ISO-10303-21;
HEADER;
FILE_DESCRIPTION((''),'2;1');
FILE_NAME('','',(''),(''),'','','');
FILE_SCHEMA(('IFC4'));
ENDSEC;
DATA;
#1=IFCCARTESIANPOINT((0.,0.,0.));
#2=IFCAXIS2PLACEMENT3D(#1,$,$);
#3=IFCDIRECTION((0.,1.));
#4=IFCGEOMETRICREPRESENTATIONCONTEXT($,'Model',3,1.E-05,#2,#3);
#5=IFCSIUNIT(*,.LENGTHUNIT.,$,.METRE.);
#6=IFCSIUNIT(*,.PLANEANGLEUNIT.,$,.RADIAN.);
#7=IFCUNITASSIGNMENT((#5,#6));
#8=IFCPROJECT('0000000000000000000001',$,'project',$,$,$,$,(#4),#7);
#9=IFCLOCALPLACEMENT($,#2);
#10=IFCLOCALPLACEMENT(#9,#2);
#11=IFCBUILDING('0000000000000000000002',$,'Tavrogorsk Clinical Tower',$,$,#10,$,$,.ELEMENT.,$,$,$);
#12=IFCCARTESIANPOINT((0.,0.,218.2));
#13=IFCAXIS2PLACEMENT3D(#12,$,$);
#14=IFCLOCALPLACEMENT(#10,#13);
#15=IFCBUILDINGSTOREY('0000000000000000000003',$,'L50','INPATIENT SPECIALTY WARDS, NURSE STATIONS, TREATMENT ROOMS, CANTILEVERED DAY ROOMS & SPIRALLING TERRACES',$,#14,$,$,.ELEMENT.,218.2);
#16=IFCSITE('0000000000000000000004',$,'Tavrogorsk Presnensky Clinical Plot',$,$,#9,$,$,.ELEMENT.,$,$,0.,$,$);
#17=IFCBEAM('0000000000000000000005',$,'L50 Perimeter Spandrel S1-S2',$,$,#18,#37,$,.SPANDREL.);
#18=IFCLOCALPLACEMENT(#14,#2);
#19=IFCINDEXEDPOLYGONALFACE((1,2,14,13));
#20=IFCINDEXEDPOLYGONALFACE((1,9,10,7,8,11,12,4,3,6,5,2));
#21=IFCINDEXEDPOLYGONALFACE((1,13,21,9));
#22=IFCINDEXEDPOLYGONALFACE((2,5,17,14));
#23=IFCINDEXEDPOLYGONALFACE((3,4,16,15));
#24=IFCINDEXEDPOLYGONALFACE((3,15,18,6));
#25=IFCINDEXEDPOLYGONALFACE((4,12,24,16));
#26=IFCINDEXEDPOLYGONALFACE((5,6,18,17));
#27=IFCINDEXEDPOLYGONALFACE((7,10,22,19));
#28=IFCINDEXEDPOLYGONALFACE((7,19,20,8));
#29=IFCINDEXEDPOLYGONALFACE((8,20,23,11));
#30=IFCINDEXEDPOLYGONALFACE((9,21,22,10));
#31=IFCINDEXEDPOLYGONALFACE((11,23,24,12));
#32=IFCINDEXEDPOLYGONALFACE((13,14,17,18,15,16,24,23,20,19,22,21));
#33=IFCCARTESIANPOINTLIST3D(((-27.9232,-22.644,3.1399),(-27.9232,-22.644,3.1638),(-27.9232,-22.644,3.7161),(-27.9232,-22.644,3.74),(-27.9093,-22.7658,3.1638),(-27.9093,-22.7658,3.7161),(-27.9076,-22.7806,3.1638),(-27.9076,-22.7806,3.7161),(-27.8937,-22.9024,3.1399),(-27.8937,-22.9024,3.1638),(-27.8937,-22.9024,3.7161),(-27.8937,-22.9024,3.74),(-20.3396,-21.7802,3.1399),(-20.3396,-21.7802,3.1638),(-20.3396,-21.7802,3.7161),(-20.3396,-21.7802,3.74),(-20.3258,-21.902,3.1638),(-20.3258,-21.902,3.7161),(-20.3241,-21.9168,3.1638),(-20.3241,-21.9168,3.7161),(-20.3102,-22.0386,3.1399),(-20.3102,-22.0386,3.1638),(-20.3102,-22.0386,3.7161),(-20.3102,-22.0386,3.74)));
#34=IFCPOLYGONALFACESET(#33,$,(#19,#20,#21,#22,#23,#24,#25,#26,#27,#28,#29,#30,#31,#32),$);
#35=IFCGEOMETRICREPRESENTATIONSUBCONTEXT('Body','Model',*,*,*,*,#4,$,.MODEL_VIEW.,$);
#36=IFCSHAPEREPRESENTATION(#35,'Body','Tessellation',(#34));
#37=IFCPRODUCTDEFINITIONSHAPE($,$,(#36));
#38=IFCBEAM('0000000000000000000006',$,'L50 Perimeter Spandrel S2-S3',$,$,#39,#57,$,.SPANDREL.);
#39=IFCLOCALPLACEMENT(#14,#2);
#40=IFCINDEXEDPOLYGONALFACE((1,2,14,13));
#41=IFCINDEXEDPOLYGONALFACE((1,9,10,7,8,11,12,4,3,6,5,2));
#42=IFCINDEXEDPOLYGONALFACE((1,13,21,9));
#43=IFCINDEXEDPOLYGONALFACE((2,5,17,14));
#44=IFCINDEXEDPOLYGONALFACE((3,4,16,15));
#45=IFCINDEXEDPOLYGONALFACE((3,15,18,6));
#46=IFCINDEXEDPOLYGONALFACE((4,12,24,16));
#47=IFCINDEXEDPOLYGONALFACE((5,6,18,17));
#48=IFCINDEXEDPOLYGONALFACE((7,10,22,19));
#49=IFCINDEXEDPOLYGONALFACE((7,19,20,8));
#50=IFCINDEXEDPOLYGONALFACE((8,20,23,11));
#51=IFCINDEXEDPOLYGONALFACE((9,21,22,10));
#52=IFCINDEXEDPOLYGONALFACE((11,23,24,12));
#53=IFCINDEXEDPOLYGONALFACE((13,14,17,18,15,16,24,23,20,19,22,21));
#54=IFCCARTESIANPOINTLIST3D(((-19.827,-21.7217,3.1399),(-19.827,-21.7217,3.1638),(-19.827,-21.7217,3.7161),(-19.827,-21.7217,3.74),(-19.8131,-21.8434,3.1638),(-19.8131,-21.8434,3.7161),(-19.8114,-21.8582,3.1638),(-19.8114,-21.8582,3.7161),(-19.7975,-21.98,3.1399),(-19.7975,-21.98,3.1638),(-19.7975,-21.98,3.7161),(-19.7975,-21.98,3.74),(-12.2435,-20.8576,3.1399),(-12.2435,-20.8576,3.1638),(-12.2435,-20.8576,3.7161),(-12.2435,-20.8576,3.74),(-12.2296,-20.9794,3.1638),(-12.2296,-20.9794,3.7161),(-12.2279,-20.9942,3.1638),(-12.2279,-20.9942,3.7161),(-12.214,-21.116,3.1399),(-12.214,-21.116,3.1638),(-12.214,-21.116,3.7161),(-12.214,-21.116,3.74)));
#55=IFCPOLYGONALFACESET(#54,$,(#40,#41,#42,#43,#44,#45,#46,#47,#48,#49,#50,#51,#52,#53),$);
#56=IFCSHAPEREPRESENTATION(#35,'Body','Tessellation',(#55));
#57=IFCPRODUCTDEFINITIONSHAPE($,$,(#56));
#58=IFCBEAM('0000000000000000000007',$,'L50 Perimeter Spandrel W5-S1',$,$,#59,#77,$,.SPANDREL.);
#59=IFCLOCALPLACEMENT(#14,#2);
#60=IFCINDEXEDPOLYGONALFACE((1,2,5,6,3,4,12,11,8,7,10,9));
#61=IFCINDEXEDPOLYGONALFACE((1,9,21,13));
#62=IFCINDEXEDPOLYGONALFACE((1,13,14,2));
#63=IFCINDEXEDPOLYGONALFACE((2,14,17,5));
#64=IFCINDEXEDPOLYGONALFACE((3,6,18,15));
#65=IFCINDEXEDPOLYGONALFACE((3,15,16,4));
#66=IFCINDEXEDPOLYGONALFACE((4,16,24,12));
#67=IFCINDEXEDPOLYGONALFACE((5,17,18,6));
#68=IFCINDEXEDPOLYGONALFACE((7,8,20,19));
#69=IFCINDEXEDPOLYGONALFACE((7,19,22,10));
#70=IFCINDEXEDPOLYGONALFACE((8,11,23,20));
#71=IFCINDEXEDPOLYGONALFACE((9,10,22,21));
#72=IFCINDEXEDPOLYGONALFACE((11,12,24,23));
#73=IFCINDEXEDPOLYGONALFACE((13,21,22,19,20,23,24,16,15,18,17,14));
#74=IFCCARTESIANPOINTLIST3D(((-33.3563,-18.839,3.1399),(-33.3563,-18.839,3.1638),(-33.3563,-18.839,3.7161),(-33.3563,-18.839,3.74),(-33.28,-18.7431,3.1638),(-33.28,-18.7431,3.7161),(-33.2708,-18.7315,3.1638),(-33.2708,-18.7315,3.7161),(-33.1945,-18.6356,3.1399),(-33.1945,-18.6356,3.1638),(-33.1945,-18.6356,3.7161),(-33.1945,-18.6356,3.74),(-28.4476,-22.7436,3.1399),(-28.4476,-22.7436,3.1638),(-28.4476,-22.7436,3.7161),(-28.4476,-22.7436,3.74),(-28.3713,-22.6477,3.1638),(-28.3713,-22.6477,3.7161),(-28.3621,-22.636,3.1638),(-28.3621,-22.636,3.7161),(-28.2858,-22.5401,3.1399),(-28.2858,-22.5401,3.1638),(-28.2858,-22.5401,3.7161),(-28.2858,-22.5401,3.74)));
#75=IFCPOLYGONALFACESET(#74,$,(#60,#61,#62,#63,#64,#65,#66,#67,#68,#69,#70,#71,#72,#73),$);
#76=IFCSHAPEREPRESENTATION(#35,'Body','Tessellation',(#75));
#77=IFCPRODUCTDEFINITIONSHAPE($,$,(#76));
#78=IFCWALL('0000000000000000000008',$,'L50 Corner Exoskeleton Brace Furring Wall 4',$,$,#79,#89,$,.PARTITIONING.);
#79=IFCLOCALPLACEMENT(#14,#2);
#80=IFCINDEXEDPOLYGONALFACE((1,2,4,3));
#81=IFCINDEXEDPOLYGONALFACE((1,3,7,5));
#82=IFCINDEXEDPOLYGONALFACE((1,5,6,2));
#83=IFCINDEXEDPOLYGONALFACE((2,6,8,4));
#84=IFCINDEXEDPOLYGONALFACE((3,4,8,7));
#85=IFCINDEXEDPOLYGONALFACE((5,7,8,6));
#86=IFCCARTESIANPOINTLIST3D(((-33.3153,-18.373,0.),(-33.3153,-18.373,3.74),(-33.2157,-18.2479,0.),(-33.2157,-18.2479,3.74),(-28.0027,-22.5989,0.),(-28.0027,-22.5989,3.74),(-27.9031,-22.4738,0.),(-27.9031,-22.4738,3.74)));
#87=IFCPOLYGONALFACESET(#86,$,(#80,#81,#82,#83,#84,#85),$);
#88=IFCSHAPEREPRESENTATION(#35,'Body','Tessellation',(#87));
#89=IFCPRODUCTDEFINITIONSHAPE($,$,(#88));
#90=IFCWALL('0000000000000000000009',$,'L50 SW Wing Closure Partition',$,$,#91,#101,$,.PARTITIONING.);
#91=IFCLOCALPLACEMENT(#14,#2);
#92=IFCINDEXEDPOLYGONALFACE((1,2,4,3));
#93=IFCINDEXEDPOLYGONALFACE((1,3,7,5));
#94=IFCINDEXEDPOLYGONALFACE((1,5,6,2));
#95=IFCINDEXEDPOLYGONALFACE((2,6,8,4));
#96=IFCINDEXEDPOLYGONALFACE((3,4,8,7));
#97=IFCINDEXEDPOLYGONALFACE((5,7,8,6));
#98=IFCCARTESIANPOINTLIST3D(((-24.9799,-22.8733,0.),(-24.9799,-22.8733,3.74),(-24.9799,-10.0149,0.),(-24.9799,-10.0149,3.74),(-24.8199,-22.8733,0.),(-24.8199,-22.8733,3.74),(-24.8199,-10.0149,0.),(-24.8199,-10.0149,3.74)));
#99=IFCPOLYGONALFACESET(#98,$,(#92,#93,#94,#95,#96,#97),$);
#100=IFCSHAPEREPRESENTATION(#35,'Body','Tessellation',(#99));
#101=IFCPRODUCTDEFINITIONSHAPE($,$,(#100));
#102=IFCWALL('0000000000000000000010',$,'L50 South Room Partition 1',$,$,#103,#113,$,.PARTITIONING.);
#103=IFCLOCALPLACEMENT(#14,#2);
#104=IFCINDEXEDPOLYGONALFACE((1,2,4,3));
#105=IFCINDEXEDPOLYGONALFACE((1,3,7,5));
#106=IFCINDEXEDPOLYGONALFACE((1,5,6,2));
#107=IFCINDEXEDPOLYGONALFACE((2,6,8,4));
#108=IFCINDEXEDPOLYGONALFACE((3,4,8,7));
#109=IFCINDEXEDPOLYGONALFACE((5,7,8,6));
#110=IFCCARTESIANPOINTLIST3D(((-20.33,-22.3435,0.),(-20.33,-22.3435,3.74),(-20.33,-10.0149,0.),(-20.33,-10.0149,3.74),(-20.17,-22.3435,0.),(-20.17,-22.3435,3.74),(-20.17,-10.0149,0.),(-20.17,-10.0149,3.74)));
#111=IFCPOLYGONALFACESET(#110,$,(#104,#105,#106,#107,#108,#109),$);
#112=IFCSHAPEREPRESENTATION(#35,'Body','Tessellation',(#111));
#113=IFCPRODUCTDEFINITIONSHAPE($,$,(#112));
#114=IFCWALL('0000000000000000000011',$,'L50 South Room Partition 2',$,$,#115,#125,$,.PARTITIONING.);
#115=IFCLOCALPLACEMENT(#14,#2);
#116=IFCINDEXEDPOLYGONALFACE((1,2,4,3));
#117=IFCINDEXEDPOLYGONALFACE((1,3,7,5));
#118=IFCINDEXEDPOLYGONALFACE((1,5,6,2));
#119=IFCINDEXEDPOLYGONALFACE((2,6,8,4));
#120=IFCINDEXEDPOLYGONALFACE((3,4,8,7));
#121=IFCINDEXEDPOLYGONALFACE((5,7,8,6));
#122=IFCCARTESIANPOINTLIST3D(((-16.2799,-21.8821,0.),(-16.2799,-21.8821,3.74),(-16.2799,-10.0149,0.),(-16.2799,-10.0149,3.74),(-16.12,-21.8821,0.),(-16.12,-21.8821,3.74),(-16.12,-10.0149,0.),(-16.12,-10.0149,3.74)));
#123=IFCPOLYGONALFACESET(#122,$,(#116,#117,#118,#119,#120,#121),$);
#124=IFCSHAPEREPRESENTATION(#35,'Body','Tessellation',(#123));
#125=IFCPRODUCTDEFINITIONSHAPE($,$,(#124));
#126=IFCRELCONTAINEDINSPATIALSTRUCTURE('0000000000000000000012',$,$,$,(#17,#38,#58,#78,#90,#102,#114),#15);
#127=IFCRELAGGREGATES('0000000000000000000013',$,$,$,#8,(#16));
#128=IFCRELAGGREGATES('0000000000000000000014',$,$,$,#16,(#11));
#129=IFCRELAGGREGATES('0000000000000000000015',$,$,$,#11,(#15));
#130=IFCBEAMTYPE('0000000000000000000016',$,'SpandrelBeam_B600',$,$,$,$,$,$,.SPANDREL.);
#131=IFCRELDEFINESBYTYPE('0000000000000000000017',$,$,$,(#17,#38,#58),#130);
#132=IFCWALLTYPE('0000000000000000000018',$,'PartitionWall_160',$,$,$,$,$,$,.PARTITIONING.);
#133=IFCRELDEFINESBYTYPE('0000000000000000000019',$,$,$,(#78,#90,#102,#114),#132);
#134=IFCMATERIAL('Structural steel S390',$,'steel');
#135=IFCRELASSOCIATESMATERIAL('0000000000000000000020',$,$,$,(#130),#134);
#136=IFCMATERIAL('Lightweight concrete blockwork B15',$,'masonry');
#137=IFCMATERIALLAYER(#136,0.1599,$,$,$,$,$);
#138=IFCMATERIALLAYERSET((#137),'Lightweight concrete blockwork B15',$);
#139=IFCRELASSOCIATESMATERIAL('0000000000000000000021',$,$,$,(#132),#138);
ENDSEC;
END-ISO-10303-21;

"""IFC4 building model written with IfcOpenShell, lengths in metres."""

from ifc_helpers import new_model, si_unit, direction, frame, frame_2d, origin, origin_2d, place, context, subcontext, project, spatial, rectangle, i_section, extrude, material, layer, layer_set, material_profile, profile_set, type_object, element, save


model = new_model("IFC4")

# Units and contexts
model_context = context("Model", 3, precision=1e-05, world=origin(), true_north=direction((0.0, 1.0)))
body_context = subcontext(model_context, "Body", "Model", "MODEL_VIEW")
ifc_project = project(units=[si_unit("LENGTHUNIT", "METRE"), si_unit("PLANEANGLEUNIT", "RADIAN")], contexts=[model_context])

# Site, building, storey
site_placement = place(None, origin())
site = spatial("IfcSite", under=ifc_project, at=site_placement, Name="Tavrogorsk Presnensky Clinical Plot", CompositionType="ELEMENT", RefElevation=0.0)
building_placement = place(site_placement, origin())
building = spatial("IfcBuilding", under=site, at=building_placement, Name="Tavrogorsk Clinical Tower", CompositionType="ELEMENT")
storey_placement = place(building_placement, frame((0.0, 0.0, 218.2)))
storey = spatial("IfcBuildingStorey", under=building, at=storey_placement, Name="L50", Description="INPATIENT SPECIALTY WARDS, NURSE STATIONS, TREATMENT ROOMS, CANTILEVERED DAY ROOMS & SPIRALLING TERRACES", CompositionType="ELEMENT", Elevation=218.2)

# Beams
ifc_material_1 = material(Name="Structural steel S390", Category="steel")
ifc_material_profile_1 = material_profile(ifc_material_1, i_section(OverallWidth=0.26, OverallDepth=0.6001, WebThickness=0.0149, FlangeThickness=0.0239, at=origin_2d()), Name="B-600x260x15x24")
ifc_profile_set_1 = profile_set([ifc_material_profile_1], Name="Structural steel S390")
beam_type_1 = type_object("IfcBeamType", Name="SpandrelBeam_B600", PredefinedType="SPANDREL", material=ifc_profile_set_1)
for number, where, z_axis, x_axis, name in (
    (1, (-27.9084, -22.7732, 3.4399), (0.993576, 0.113169, 0.0), (-0.113169, 0.993576, 0.0), "L50 Perimeter Spandrel S1-S2"),
    (2, (-19.8123, -21.8508, 3.4399), (0.993572, 0.113201, 0.0), (-0.113201, 0.993572, 0.0), "L50 Perimeter Spandrel S2-S3"),
):
    element("IfcBeam", number, at=place(storey_placement, frame(where, z_axis=z_axis, x_axis=x_axis)), inside=storey, type_object=beam_type_1, Name=name, PredefinedType="SPANDREL", context=body_context, shape_type="SweptSolid", body=[
        extrude(i_section(OverallWidth=0.26, OverallDepth=0.6001, WebThickness=0.0149, FlangeThickness=0.0239, at=origin_2d()), origin(), (0.0, 0.0, 1.0), 7.6326),
    ])
beam_1_placement = place(storey_placement, frame((-33.2754, -18.7373, 3.4399), z_axis=(0.782609, -0.622514, 0.0), x_axis=(0.622514, 0.782609, 0.0)))
element("IfcBeam", 3, at=beam_1_placement, inside=storey, type_object=beam_type_1, Name="L50 Perimeter Spandrel W5-S1", PredefinedType="SPANDREL", context=body_context, shape_type="SweptSolid", body=[
    extrude(i_section(OverallWidth=0.26, OverallDepth=0.6001, WebThickness=0.0149, FlangeThickness=0.0239, at=origin_2d()), origin(), (0.0, 0.0, 1.0), 6.2722),
])

# Walls
ifc_material_2 = material(Name="Lightweight concrete blockwork B15", Category="masonry")
ifc_layer_1 = layer(ifc_material_2, 0.1599)
ifc_layer_set_1 = layer_set([ifc_layer_1], Name="Lightweight concrete blockwork B15")
wall_type_1 = type_object("IfcWallType", Name="PartitionWall_160", PredefinedType="PARTITIONING", material=ifc_layer_set_1)
wall_1_placement = place(storey_placement, frame((-33.2654, -18.3105, 0.0), z_axis=(0.0, 0.0, 1.0), x_axis=(0.782603, -0.622522, 0.0)))
element("IfcWall", 4, at=wall_1_placement, inside=storey, type_object=wall_type_1, Name="L50 Corner Exoskeleton Brace Furring Wall 4", PredefinedType="PARTITIONING", context=body_context, shape_type="SweptSolid", body=[
    extrude(rectangle(XDim=6.7883, YDim=0.1599, at=frame_2d((3.394, 0.0))), origin(), (0.0, 0.0, 1.0), 3.74),
])
wall_2_placement = place(storey_placement, frame((-24.8999, -22.8733, 0.0), z_axis=(0.0, 0.0, 1.0), x_axis=(0.0, 1.0, 0.0)))
element("IfcWall", 5, at=wall_2_placement, inside=storey, type_object=wall_type_1, Name="L50 SW Wing Closure Partition", PredefinedType="PARTITIONING", context=body_context, shape_type="SweptSolid", body=[
    extrude(rectangle(XDim=12.8584, YDim=0.1599, at=frame_2d((6.4292, 0.0))), origin(), (0.0, 0.0, 1.0), 3.74),
])
wall_3_placement = place(storey_placement, frame((-20.25, -22.3435, 0.0), z_axis=(0.0, 0.0, 1.0), x_axis=(0.0, 1.0, 0.0)))
element("IfcWall", 6, at=wall_3_placement, inside=storey, type_object=wall_type_1, Name="L50 South Room Partition 1", PredefinedType="PARTITIONING", context=body_context, shape_type="SweptSolid", body=[
    extrude(rectangle(XDim=12.3286, YDim=0.1599, at=frame_2d((6.1643, 0.0))), origin(), (0.0, 0.0, 1.0), 3.74),
])
wall_4_placement = place(storey_placement, frame((-16.2, -21.8821, 0.0), z_axis=(0.0, 0.0, 1.0), x_axis=(0.0, 1.0, 0.0)))
element("IfcWall", 7, at=wall_4_placement, inside=storey, type_object=wall_type_1, Name="L50 South Room Partition 2", PredefinedType="PARTITIONING", context=body_context, shape_type="SweptSolid", body=[
    extrude(rectangle(XDim=11.8672, YDim=0.1599, at=frame_2d((5.9336, 0.0))), origin(), (0.0, 0.0, 1.0), 3.74),
])

save(model, "model.ifc")
